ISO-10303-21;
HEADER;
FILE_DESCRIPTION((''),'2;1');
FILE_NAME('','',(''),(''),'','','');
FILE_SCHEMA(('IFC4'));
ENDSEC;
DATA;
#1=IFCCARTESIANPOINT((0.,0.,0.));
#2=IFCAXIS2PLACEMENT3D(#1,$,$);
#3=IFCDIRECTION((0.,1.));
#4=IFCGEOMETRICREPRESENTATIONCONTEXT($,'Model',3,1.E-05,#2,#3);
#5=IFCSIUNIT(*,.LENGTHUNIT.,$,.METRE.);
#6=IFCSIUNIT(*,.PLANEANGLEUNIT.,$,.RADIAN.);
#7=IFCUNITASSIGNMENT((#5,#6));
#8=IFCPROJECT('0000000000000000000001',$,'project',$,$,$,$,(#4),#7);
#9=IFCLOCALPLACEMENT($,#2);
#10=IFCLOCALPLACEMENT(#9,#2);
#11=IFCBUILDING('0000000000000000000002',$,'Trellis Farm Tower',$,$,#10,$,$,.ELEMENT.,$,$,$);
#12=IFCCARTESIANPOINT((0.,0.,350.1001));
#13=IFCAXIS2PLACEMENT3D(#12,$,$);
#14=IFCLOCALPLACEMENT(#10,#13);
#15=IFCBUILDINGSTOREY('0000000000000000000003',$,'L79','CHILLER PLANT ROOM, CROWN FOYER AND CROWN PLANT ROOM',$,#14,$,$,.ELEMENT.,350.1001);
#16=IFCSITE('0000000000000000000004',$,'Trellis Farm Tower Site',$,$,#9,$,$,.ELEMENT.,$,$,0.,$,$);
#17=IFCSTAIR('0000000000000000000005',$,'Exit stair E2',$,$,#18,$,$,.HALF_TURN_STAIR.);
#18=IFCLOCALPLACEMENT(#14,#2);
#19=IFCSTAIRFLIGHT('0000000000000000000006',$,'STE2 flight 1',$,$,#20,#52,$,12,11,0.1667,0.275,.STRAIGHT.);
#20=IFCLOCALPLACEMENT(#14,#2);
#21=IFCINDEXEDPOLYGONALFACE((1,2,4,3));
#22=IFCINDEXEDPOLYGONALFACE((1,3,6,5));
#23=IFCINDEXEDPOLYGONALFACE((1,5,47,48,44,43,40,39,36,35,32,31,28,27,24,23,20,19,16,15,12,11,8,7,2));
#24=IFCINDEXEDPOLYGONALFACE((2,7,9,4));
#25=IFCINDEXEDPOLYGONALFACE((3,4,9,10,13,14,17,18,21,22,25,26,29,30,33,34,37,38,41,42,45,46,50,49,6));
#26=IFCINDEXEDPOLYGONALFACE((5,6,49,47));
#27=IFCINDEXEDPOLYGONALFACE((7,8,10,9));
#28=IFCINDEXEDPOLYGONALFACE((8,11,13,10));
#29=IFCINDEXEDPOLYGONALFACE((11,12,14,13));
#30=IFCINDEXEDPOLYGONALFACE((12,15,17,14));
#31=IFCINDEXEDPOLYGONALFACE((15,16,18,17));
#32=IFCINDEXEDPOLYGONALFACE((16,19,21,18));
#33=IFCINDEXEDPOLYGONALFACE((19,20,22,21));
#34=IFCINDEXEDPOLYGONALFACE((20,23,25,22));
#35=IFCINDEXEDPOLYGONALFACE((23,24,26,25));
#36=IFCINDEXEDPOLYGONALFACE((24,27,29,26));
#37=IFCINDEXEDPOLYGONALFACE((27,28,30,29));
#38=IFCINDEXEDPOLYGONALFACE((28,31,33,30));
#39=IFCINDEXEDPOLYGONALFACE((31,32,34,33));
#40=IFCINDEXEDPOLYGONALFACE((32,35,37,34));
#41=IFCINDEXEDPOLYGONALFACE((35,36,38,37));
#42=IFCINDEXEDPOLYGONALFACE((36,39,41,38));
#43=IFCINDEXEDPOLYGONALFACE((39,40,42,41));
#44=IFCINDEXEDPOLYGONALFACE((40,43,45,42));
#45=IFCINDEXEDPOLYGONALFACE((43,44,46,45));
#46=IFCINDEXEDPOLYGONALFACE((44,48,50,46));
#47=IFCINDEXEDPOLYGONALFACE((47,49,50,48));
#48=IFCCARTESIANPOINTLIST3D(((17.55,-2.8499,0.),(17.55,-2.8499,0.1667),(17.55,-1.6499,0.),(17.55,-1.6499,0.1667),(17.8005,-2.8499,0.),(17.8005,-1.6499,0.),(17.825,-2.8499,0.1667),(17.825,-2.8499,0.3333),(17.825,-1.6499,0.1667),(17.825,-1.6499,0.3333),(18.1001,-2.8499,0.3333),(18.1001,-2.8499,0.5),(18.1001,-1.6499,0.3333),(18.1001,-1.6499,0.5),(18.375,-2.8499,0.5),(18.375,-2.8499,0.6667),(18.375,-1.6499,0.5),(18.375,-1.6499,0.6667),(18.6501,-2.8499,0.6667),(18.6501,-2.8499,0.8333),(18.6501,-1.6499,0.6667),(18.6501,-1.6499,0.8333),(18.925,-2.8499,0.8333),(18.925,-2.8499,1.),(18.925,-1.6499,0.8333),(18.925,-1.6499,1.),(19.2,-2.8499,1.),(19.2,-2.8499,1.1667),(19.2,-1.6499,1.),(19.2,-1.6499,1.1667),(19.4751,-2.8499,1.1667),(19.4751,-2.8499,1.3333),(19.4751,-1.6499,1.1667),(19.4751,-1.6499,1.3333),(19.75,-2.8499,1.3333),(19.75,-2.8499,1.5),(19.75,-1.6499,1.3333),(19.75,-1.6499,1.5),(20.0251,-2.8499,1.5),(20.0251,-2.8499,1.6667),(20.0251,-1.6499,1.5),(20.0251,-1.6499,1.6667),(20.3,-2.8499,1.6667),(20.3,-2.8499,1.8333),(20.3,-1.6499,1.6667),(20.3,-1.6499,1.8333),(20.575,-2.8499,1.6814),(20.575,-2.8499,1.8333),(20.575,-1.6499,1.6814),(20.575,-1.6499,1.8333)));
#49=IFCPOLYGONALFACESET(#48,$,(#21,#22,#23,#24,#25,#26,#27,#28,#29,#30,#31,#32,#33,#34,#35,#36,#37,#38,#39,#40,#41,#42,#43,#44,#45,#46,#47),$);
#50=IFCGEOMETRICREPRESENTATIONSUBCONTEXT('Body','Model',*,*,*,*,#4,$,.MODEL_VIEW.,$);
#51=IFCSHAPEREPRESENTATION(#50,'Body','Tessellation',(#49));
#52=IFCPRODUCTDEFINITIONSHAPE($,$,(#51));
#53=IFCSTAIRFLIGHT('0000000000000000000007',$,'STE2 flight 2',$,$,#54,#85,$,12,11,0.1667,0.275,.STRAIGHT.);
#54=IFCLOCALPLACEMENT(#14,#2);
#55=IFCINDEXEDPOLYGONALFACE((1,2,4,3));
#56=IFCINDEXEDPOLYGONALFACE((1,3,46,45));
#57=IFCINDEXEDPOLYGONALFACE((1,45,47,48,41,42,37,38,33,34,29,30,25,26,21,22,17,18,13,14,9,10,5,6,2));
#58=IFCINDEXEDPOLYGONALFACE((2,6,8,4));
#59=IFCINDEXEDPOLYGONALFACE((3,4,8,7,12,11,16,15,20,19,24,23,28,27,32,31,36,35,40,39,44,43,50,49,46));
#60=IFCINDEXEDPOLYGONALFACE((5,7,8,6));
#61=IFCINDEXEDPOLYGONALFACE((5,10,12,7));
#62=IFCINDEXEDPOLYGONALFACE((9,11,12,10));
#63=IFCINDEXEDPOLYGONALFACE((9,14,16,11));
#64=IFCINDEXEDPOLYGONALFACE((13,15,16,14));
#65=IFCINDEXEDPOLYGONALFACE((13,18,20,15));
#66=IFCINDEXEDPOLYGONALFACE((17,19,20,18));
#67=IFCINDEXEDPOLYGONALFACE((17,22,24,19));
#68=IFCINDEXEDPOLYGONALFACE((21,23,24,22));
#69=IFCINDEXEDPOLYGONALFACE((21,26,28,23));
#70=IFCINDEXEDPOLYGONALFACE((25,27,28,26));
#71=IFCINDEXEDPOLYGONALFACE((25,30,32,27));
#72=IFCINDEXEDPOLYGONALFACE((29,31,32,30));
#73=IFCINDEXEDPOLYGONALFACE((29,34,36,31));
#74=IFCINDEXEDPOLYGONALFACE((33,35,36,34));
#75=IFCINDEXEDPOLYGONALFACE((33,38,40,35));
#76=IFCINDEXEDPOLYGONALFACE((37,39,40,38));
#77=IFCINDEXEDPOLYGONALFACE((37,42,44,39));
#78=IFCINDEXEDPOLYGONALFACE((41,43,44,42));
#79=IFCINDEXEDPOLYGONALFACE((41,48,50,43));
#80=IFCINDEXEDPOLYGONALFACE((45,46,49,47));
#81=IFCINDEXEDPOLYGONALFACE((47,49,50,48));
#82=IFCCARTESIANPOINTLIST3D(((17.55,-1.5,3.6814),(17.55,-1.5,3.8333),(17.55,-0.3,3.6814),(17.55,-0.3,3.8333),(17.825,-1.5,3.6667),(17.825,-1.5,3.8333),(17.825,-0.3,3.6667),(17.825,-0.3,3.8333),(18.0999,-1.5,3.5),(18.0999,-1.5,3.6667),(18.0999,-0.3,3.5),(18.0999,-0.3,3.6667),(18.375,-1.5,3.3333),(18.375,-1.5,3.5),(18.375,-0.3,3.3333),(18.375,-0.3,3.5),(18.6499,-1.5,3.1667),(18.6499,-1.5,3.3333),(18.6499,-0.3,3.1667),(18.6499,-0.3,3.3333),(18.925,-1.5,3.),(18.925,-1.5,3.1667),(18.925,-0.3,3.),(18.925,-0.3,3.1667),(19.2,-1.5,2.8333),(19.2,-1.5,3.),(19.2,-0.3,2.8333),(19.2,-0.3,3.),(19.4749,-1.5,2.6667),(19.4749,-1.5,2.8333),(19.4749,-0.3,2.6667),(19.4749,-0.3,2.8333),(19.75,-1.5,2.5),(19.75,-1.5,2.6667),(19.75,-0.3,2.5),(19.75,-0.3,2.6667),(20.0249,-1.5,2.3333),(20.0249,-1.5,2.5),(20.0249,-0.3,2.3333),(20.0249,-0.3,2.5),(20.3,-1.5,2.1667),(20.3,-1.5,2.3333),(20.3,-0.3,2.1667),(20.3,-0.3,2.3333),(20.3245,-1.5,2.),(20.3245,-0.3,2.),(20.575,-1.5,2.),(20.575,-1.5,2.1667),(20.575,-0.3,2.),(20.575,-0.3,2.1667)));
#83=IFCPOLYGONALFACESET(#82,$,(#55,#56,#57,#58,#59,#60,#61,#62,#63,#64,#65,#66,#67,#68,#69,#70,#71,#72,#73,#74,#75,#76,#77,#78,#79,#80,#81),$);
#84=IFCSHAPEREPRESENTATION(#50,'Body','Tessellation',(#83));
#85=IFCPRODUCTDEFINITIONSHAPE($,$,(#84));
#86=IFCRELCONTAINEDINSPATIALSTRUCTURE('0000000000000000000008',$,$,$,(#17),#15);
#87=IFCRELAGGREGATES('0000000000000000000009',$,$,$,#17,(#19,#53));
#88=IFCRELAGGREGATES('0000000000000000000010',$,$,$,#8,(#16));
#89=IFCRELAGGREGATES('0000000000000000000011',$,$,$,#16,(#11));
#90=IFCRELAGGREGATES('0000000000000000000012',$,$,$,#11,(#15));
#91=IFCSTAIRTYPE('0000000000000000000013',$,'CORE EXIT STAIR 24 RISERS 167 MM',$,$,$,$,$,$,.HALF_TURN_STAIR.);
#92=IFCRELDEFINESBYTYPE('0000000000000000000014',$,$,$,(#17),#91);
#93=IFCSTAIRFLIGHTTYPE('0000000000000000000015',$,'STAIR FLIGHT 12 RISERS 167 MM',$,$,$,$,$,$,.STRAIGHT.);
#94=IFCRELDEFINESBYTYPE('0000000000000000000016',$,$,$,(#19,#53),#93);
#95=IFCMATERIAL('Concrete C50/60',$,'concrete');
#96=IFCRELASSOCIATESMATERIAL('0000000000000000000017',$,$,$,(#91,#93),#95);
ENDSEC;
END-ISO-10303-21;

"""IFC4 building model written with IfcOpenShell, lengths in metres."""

from ifc_helpers import new_model, si_unit, direction, frame, origin, place, context, subcontext, project, spatial, polyline, outline, extrude, source, transform, mapped, material, type_object, element, aggregate, save


model = new_model("IFC4")

# Units and contexts
model_context = context("Model", 3, precision=1e-05, world=origin(), true_north=direction((0.0, 1.0)))
body_context = subcontext(model_context, "Body", "Model", "MODEL_VIEW")
ifc_project = project(units=[si_unit("LENGTHUNIT", "METRE"), si_unit("PLANEANGLEUNIT", "RADIAN")], contexts=[model_context])

# Site, building, storey
site_placement = place(None, origin())
site = spatial("IfcSite", under=ifc_project, at=site_placement, Name="Trellis Farm Tower Site", CompositionType="ELEMENT", RefElevation=0.0)
building_placement = place(site_placement, origin())
building = spatial("IfcBuilding", under=site, at=building_placement, Name="Trellis Farm Tower", CompositionType="ELEMENT")
storey_placement = place(building_placement, frame((0.0, 0.0, 350.1001)))
storey = spatial("IfcBuildingStorey", under=building, at=storey_placement, Name="L79", Description="CHILLER PLANT ROOM, CROWN FOYER AND CROWN PLANT ROOM", CompositionType="ELEMENT", Elevation=350.1001)

# Shared definitions
ifc_material_1 = material(Name="Concrete C50/60", Category="concrete")

# Shared definitions
placement = place(storey_placement, origin())

# Stair, stair flights
stair_type = type_object("IfcStairType", Name="CORE EXIT STAIR 24 RISERS 167 MM", PredefinedType="HALF_TURN_STAIR", material=ifc_material_1)
stair_flight_type = type_object("IfcStairFlightType", Name="STAIR FLIGHT 12 RISERS 167 MM", PredefinedType="STRAIGHT", material=ifc_material_1)
shared_shape_1 = source(origin(), body_context, "Body", "SweptSolid", [
    extrude(outline(polyline([(0.0, 0.0), (0.0, 0.1667), (0.2749, 0.1667), (0.2749, 0.3333), (0.55, 0.3333), (0.55, 0.5), (0.825, 0.5), (0.825, 0.6667), (1.1001, 0.6667), (1.1001, 0.8333), (1.375, 0.8333), (1.375, 1.0), (1.6499, 1.0), (1.6499, 1.1667), (1.925, 1.1667), (1.925, 1.3333), (2.2, 1.3333), (2.2, 1.5), (2.4751, 1.5), (2.4751, 1.6667), (2.75, 1.6667), (2.75, 1.8333), (3.0249, 1.8333), (3.0249, 2.0), (3.0249, 1.6814), (0.2505, 0.0), (0.0, 0.0)])), frame((0.0, 0.6001, 0.0), z_axis=(0.0, -1.0, 0.0), x_axis=(1.0, 0.0, 0.0)), (0.0, 0.0, 1.0), 1.2),
])
stair_1 = element("IfcStair", 1, at=placement, inside=storey, type_object=stair_type, Name="Exit stair E2", PredefinedType="HALF_TURN_STAIR")
stair_flight_1_placement = place(storey_placement, frame((17.55, -2.25, 0.0), z_axis=(0.0, 0.0, 1.0), x_axis=(1.0, 0.0, 0.0)))
stair_flight_1 = element("IfcStairFlight", 2, at=stair_flight_1_placement, type_object=stair_flight_type, Name="STE2 flight 1", NumberOfRisers=12, NumberOfTreads=11, PredefinedType="STRAIGHT", RiserHeight=0.1667, TreadLength=0.275, context=body_context, shape_type="MappedRepresentation", body=[
    mapped(shared_shape_1, transform((0.0, 0.0, 0.0))),
])
stair_flight_2_placement = place(storey_placement, frame((20.575, -0.8999, 2.0), z_axis=(0.0, 0.0, 1.0), x_axis=(-1.0, 0.0, 0.0)))
stair_flight_2 = element("IfcStairFlight", 3, at=stair_flight_2_placement, type_object=stair_flight_type, Name="STE2 flight 2", NumberOfRisers=12, NumberOfTreads=11, PredefinedType="STRAIGHT", RiserHeight=0.1667, TreadLength=0.275, context=body_context, shape_type="MappedRepresentation", body=[
    mapped(shared_shape_1, transform((0.0, 0.0, 0.0))),
])
aggregate(stair_1, [stair_flight_1, stair_flight_2])

save(model, "model.ifc")
